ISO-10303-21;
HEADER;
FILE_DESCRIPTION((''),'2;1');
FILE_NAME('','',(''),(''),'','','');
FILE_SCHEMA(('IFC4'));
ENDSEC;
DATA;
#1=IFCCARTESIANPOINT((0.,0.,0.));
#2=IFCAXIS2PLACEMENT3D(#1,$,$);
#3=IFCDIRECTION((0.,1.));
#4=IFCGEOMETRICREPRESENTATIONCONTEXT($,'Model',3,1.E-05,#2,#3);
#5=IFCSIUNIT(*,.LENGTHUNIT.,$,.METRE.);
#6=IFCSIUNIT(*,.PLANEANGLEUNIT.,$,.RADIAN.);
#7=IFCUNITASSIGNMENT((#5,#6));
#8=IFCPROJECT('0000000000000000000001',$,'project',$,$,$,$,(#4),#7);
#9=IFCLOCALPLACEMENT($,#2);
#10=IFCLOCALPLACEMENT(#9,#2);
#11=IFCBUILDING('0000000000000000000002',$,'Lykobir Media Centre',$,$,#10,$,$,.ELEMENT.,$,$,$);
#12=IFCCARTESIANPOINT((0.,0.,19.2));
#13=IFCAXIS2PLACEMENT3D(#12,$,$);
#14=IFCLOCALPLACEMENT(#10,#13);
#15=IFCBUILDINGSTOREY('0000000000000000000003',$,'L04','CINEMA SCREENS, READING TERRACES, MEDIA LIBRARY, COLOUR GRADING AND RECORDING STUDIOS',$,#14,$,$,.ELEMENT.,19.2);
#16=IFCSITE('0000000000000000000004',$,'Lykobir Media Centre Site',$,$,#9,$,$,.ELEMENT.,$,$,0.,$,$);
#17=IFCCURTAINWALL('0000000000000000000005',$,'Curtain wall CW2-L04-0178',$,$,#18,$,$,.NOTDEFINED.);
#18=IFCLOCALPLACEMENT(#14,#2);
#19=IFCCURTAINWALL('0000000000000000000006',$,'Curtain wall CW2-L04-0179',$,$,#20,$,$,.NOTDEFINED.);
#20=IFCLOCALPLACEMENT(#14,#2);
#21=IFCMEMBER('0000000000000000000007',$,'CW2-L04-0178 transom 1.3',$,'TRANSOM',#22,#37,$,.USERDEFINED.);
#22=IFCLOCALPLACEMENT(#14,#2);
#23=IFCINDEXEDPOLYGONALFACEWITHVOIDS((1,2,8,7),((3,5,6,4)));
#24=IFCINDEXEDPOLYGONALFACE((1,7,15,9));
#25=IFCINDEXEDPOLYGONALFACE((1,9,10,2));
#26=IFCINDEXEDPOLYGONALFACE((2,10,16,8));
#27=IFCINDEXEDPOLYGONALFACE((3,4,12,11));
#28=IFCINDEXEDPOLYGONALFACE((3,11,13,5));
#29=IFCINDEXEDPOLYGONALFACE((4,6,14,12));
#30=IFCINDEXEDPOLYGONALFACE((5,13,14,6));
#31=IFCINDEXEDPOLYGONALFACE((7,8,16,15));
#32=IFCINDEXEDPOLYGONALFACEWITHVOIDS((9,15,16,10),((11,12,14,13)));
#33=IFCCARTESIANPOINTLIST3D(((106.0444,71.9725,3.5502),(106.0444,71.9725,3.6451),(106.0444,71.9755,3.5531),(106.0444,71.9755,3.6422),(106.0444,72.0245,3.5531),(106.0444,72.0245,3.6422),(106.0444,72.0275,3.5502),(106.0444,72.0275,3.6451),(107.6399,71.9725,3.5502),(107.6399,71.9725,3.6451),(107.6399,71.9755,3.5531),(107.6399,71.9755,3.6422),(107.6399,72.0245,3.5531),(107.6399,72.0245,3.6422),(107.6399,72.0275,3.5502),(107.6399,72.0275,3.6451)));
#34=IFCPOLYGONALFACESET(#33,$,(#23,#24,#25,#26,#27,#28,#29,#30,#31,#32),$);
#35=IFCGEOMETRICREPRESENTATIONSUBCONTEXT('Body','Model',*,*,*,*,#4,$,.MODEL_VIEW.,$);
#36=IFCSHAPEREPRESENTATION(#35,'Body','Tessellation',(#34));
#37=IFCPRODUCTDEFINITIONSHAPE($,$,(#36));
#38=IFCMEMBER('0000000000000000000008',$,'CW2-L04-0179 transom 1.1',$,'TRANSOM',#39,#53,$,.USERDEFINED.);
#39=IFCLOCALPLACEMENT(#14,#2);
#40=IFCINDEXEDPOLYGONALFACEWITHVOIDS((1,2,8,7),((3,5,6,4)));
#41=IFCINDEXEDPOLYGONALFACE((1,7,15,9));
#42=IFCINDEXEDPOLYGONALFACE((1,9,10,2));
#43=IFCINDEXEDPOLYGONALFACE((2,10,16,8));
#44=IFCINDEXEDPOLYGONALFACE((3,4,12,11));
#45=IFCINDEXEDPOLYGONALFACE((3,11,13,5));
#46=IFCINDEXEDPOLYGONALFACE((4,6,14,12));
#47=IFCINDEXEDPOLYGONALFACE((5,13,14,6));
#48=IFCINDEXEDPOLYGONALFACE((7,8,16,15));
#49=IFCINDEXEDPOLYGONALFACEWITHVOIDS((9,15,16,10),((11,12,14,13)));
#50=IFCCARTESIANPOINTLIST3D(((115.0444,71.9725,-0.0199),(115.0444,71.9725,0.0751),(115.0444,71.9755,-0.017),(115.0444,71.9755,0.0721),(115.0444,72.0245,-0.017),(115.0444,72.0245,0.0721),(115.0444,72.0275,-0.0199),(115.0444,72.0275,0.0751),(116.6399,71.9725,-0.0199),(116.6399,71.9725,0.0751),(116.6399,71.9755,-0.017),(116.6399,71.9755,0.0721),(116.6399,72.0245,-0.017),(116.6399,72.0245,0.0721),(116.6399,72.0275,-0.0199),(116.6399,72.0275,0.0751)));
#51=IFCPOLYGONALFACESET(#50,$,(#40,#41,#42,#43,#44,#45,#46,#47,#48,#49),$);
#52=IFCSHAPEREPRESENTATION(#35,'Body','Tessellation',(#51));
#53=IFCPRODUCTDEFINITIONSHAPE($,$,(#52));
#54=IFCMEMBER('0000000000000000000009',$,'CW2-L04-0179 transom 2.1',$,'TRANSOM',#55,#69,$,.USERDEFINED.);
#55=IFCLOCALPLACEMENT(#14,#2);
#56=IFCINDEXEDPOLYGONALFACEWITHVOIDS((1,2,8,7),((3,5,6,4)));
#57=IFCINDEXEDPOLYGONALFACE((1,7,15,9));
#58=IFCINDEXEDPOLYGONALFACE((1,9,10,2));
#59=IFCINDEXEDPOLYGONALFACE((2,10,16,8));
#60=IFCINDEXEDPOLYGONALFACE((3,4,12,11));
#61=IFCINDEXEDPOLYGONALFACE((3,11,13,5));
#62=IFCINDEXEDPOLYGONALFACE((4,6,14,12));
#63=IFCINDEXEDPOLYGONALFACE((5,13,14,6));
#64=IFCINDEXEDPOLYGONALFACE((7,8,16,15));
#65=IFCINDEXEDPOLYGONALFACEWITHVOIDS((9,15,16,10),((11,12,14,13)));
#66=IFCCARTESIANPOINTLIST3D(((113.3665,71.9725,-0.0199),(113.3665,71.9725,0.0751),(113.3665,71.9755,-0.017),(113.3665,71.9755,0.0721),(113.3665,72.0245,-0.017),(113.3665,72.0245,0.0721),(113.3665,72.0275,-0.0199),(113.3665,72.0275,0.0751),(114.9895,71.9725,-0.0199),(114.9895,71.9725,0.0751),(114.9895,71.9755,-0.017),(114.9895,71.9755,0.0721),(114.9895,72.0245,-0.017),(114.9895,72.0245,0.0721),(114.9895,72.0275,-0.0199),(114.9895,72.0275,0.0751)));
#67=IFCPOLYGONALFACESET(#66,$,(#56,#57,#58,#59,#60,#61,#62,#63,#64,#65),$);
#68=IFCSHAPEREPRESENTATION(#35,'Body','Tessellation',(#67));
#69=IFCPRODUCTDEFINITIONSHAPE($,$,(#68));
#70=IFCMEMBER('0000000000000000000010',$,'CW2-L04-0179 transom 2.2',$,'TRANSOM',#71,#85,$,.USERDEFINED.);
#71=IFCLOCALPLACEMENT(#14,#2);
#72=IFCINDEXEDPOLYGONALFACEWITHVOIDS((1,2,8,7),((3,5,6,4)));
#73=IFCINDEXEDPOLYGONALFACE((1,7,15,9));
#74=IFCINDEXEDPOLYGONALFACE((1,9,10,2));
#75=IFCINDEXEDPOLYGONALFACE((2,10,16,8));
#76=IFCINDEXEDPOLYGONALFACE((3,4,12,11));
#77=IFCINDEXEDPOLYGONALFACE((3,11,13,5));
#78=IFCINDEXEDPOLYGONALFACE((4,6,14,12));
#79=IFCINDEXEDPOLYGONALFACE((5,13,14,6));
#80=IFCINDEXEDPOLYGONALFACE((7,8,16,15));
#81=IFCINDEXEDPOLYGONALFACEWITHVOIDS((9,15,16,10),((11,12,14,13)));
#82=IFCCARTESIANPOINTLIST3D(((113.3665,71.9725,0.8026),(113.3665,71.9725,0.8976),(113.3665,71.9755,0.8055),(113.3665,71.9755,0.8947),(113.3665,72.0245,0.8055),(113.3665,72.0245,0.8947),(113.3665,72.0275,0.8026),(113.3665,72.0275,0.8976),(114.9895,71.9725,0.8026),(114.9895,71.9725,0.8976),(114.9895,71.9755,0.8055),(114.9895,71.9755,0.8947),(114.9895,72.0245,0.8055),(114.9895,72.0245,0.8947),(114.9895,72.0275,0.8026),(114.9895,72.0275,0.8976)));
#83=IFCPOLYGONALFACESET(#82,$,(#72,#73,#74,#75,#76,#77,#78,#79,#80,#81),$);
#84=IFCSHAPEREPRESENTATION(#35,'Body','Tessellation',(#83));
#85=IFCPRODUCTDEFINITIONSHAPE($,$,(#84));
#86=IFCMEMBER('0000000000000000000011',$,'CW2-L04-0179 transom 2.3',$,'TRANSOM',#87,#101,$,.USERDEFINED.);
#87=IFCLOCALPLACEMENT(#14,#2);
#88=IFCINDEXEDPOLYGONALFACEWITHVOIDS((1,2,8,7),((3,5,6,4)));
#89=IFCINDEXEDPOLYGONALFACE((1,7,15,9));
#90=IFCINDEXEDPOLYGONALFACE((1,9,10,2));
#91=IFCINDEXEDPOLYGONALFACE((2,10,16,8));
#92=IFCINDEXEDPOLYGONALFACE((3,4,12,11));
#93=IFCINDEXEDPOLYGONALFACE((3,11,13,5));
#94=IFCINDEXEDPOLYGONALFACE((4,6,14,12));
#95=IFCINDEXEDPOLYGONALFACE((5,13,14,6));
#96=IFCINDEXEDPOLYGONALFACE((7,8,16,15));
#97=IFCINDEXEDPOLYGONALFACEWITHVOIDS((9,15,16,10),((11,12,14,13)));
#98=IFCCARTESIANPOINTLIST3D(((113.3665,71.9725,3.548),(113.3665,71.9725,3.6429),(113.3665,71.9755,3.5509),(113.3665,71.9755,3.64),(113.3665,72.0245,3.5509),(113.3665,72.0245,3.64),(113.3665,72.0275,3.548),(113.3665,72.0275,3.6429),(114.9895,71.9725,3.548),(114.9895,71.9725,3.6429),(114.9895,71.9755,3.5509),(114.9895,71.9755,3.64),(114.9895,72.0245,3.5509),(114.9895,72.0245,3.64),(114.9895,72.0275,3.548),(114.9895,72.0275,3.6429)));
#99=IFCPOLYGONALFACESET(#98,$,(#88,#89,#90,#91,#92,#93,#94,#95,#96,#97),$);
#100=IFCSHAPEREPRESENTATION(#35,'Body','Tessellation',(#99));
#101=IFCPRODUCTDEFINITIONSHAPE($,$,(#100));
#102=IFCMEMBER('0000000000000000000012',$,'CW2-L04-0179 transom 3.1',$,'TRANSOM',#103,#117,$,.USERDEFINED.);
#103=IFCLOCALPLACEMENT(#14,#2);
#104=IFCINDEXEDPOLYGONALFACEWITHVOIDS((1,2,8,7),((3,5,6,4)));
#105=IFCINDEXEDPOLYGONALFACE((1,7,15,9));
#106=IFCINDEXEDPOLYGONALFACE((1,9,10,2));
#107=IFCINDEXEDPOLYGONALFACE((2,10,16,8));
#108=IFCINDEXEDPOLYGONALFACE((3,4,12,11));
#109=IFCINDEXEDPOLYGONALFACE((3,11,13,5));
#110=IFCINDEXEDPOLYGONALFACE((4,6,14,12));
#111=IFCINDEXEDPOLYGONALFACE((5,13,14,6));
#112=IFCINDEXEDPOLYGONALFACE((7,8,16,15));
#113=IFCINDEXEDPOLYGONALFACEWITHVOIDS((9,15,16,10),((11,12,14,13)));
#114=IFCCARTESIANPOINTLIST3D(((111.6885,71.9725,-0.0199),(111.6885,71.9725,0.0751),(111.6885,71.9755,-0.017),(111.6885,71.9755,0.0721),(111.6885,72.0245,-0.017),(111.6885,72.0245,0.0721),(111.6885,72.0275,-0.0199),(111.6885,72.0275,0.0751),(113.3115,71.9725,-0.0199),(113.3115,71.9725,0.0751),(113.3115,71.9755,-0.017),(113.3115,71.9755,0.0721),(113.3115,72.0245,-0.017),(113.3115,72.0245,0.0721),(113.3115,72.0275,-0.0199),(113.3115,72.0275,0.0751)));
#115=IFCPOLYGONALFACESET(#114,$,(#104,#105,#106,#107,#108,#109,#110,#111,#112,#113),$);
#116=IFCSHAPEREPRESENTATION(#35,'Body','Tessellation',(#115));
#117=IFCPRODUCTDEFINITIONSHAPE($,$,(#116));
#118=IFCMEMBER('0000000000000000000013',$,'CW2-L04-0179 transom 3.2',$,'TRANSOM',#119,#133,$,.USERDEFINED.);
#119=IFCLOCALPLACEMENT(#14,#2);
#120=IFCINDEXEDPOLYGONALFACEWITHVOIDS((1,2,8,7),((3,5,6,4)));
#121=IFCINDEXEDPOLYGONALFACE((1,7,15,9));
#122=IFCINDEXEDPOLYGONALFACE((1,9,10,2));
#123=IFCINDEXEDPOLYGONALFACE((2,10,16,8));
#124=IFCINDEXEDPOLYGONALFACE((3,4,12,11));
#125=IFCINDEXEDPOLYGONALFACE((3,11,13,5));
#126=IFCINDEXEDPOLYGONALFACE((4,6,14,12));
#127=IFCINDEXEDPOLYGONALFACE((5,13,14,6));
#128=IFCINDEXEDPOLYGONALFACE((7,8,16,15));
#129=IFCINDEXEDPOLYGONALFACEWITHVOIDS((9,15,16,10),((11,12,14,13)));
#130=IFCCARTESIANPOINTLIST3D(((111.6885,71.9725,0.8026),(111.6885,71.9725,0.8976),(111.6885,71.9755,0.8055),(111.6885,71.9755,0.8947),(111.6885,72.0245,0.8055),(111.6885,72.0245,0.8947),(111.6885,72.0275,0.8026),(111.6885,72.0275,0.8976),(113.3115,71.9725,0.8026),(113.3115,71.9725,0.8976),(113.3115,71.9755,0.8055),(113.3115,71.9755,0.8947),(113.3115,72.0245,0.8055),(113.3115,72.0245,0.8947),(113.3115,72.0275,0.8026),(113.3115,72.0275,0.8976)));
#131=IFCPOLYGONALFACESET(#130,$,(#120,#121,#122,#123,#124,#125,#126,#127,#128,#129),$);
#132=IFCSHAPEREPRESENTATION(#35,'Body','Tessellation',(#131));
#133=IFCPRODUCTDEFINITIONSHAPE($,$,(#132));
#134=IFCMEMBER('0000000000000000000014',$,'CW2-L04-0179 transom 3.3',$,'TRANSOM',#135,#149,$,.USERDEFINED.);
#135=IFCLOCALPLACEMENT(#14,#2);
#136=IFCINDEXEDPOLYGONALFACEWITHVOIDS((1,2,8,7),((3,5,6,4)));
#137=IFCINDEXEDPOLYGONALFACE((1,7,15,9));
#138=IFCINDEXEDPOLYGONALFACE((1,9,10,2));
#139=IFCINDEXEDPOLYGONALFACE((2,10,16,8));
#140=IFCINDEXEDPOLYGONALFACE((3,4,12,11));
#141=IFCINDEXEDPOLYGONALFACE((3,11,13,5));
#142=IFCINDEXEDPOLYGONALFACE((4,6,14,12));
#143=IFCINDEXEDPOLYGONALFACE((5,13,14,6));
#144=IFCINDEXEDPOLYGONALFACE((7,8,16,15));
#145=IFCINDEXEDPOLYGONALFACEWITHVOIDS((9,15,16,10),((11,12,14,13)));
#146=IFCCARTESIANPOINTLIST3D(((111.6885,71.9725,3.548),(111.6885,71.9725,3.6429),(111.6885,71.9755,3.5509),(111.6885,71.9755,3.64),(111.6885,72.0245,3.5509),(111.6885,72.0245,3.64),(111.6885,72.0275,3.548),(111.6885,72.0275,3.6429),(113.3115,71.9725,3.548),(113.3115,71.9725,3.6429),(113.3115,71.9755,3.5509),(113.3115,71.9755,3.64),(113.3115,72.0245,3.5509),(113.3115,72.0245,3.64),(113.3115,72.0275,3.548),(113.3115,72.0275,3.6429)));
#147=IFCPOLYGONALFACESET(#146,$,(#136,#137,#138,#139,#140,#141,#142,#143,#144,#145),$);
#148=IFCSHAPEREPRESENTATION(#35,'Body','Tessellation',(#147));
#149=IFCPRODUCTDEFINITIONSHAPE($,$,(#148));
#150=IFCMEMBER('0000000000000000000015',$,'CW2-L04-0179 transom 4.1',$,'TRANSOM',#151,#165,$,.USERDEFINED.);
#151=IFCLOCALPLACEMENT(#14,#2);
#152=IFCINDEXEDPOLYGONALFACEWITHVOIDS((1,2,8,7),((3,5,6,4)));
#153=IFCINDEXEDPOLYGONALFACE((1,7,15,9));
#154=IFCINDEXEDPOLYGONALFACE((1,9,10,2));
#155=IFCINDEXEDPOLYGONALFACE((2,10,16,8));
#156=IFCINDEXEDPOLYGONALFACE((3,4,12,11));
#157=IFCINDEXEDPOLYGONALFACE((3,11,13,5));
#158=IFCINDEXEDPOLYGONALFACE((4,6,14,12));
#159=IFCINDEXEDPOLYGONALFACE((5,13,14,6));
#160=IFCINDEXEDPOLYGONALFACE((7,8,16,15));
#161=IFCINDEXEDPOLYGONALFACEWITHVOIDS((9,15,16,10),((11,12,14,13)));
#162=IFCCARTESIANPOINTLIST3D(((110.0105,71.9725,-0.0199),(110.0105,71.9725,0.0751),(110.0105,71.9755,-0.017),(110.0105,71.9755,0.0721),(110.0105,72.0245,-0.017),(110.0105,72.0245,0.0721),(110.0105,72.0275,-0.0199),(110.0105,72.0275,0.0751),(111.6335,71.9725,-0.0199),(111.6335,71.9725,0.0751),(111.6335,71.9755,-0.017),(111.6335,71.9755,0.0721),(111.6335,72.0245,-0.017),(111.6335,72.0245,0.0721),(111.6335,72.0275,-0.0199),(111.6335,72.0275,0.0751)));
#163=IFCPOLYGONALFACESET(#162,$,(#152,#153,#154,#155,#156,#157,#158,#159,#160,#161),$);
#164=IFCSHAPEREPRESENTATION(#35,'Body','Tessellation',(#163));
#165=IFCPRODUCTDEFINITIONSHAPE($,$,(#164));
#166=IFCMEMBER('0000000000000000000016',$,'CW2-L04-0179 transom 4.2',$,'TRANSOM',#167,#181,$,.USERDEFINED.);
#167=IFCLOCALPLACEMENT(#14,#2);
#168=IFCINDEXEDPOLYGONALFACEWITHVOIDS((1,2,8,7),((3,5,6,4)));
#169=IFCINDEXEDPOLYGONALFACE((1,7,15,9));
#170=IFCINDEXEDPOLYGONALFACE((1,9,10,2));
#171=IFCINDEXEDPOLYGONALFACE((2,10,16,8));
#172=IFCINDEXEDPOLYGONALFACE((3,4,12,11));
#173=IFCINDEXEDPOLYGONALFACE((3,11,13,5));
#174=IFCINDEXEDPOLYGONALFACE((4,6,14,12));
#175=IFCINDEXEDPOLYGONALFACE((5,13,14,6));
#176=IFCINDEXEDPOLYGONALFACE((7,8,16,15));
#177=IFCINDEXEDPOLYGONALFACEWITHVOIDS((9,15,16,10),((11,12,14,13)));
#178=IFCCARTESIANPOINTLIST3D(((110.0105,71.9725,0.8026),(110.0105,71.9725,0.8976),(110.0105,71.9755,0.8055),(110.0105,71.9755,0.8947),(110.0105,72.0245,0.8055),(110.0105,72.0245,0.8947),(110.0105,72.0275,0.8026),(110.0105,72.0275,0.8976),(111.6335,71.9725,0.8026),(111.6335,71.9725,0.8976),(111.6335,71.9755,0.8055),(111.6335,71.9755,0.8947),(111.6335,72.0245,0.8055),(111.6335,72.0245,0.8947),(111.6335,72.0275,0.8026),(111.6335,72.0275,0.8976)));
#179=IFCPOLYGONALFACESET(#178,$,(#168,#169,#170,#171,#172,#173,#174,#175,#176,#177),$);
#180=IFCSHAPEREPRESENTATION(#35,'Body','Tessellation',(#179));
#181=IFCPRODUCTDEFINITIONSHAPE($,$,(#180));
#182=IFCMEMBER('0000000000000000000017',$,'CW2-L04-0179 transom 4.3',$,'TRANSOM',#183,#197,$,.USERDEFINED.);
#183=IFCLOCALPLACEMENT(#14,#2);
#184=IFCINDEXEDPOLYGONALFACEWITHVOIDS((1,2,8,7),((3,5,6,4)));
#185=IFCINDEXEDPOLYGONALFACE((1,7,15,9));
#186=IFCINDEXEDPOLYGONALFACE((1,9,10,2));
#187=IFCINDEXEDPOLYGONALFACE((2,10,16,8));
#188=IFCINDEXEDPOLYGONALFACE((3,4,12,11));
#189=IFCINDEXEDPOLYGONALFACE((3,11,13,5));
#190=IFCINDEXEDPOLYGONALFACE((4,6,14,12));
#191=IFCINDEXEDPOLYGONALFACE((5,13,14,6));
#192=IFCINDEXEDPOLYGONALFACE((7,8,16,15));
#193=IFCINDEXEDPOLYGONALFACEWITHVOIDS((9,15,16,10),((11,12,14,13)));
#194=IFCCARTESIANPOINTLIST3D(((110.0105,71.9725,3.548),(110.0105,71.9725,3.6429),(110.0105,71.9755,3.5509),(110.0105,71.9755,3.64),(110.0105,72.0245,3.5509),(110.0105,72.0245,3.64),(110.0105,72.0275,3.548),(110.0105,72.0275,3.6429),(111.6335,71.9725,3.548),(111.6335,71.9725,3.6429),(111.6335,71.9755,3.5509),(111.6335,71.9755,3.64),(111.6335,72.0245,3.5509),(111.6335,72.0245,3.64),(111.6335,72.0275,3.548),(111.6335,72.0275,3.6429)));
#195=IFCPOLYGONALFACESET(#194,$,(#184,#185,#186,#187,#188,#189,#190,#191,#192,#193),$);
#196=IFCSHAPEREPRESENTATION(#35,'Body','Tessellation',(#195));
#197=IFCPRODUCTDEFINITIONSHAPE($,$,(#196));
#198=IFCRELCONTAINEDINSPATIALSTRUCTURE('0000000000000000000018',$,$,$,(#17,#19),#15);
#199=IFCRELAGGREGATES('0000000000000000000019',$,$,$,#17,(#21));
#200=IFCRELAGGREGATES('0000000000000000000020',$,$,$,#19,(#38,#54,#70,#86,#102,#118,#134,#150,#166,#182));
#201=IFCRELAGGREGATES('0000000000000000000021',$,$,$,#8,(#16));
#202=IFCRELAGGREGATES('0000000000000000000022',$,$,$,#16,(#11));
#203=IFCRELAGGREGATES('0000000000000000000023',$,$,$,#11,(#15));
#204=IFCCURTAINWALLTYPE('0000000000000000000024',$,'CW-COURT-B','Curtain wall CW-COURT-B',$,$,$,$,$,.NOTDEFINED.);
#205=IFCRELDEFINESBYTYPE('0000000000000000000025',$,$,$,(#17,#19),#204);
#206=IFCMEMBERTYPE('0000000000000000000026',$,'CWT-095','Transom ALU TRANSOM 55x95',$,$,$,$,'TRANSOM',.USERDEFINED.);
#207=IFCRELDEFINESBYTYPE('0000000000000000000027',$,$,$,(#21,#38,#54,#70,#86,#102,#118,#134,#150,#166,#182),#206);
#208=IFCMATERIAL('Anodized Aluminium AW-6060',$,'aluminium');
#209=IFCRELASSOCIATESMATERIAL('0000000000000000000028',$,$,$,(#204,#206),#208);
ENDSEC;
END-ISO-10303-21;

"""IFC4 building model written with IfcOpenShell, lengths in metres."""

from ifc_helpers import new_model, si_unit, direction, frame, origin, origin_2d, place, context, subcontext, project, spatial, hollow_rectangle, extrude, material, material_profile, profile_set, type_object, element, aggregate, save


model = new_model("IFC4")

# Units and contexts
model_context = context("Model", 3, precision=1e-05, world=origin(), true_north=direction((0.0, 1.0)))
body_context = subcontext(model_context, "Body", "Model", "MODEL_VIEW")
ifc_project = project(units=[si_unit("LENGTHUNIT", "METRE"), si_unit("PLANEANGLEUNIT", "RADIAN")], contexts=[model_context])

# Site, building, storey
site_placement = place(None, origin())
site = spatial("IfcSite", under=ifc_project, at=site_placement, Name="Lykobir Media Centre Site", CompositionType="ELEMENT", RefElevation=0.0)
building_placement = place(site_placement, origin())
building = spatial("IfcBuilding", under=site, at=building_placement, Name="Lykobir Media Centre", CompositionType="ELEMENT")
storey_placement = place(building_placement, frame((0.0, 0.0, 19.2)))
storey = spatial("IfcBuildingStorey", under=building, at=storey_placement, Name="L04", Description="CINEMA SCREENS, READING TERRACES, MEDIA LIBRARY, COLOUR GRADING AND RECORDING STUDIOS", CompositionType="ELEMENT", Elevation=19.2)

# Curtain wall
ifc_material_1 = material(Name="Anodized Aluminium AW-6060", Category="aluminium")
curtain_wall_type = type_object("IfcCurtainWallType", Name="CW-COURT-B", Description="Curtain wall CW-COURT-B", PredefinedType="NOTDEFINED", material=ifc_material_1)
curtain_wall_1_placement = place(storey_placement, origin())
curtain_wall_1 = element("IfcCurtainWall", 1, at=curtain_wall_1_placement, inside=storey, type_object=curtain_wall_type, Name="Curtain wall CW2-L04-0178", PredefinedType="NOTDEFINED")

# Curtain wall
curtain_wall_2_placement = place(storey_placement, origin())
curtain_wall_2 = element("IfcCurtainWall", 2, at=curtain_wall_2_placement, inside=storey, type_object=curtain_wall_type, Name="Curtain wall CW2-L04-0179", PredefinedType="NOTDEFINED")

# Members
ifc_material_profile_1 = material_profile(ifc_material_1, hollow_rectangle(XDim=0.0549, YDim=0.095, WallThickness=0.0029, at=origin_2d()), Name="ALU TRANSOM 55x95")
ifc_profile_set_1 = profile_set([ifc_material_profile_1], Name="Anodized Aluminium AW-6060")
member_type_1 = type_object("IfcMemberType", Name="CWT-095", Description="Transom ALU TRANSOM 55x95", ElementType="TRANSOM", PredefinedType="USERDEFINED", material=ifc_profile_set_1)
member_1_placement = place(storey_placement, frame((107.6399, 72.0, 3.5977), z_axis=(-1.0, 0.0, 0.0), x_axis=(0.0, -1.0, 0.0)))
member_1 = element("IfcMember", 3, at=member_1_placement, type_object=member_type_1, Name="CW2-L04-0178 transom 1.3", ObjectType="TRANSOM", PredefinedType="USERDEFINED", context=body_context, shape_type="SweptSolid", body=[
    extrude(hollow_rectangle(XDim=0.0549, YDim=0.095, WallThickness=0.0029, at=origin_2d()), origin(), (0.0, 0.0, 1.0), 1.5955),
])
member_2_placement = place(storey_placement, frame((116.6399, 72.0, 0.0276), z_axis=(-1.0, 0.0, 0.0), x_axis=(0.0, -1.0, 0.0)))
member_2 = element("IfcMember", 4, at=member_2_placement, type_object=member_type_1, Name="CW2-L04-0179 transom 1.1", ObjectType="TRANSOM", PredefinedType="USERDEFINED", context=body_context, shape_type="SweptSolid", body=[
    extrude(hollow_rectangle(XDim=0.0549, YDim=0.095, WallThickness=0.0029, at=origin_2d()), origin(), (0.0, 0.0, 1.0), 1.5955),
])
member_3_placement = place(storey_placement, frame((114.9895, 72.0, 0.0276), z_axis=(-1.0, 0.0, 0.0), x_axis=(0.0, -1.0, 0.0)))
member_3 = element("IfcMember", 5, at=member_3_placement, type_object=member_type_1, Name="CW2-L04-0179 transom 2.1", ObjectType="TRANSOM", PredefinedType="USERDEFINED", context=body_context, shape_type="SweptSolid", body=[
    extrude(hollow_rectangle(XDim=0.0549, YDim=0.095, WallThickness=0.0029, at=origin_2d()), origin(), (0.0, 0.0, 1.0), 1.623),
])
member_4_placement = place(storey_placement, frame((114.9895, 72.0, 0.8501), z_axis=(-1.0, 0.0, 0.0), x_axis=(0.0, -1.0, 0.0)))
member_4 = element("IfcMember", 6, at=member_4_placement, type_object=member_type_1, Name="CW2-L04-0179 transom 2.2", ObjectType="TRANSOM", PredefinedType="USERDEFINED", context=body_context, shape_type="SweptSolid", body=[
    extrude(hollow_rectangle(XDim=0.0549, YDim=0.095, WallThickness=0.0029, at=origin_2d()), origin(), (0.0, 0.0, 1.0), 1.623),
])
member_5_placement = place(storey_placement, frame((114.9895, 72.0, 3.5955), z_axis=(-1.0, 0.0, 0.0), x_axis=(0.0, -1.0, 0.0)))
member_5 = element("IfcMember", 7, at=member_5_placement, type_object=member_type_1, Name="CW2-L04-0179 transom 2.3", ObjectType="TRANSOM", PredefinedType="USERDEFINED", context=body_context, shape_type="SweptSolid", body=[
    extrude(hollow_rectangle(XDim=0.0549, YDim=0.095, WallThickness=0.0029, at=origin_2d()), origin(), (0.0, 0.0, 1.0), 1.623),
])
member_6_placement = place(storey_placement, frame((113.3115, 72.0, 0.0276), z_axis=(-1.0, 0.0, 0.0), x_axis=(0.0, -1.0, 0.0)))
member_6 = element("IfcMember", 8, at=member_6_placement, type_object=member_type_1, Name="CW2-L04-0179 transom 3.1", ObjectType="TRANSOM", PredefinedType="USERDEFINED", context=body_context, shape_type="SweptSolid", body=[
    extrude(hollow_rectangle(XDim=0.0549, YDim=0.095, WallThickness=0.0029, at=origin_2d()), origin(), (0.0, 0.0, 1.0), 1.623),
])
member_7_placement = place(storey_placement, frame((113.3115, 72.0, 0.8501), z_axis=(-1.0, 0.0, 0.0), x_axis=(0.0, -1.0, 0.0)))
member_7 = element("IfcMember", 9, at=member_7_placement, type_object=member_type_1, Name="CW2-L04-0179 transom 3.2", ObjectType="TRANSOM", PredefinedType="USERDEFINED", context=body_context, shape_type="SweptSolid", body=[
    extrude(hollow_rectangle(XDim=0.0549, YDim=0.095, WallThickness=0.0029, at=origin_2d()), origin(), (0.0, 0.0, 1.0), 1.623),
])
member_8_placement = place(storey_placement, frame((113.3115, 72.0, 3.5955), z_axis=(-1.0, 0.0, 0.0), x_axis=(0.0, -1.0, 0.0)))
member_8 = element("IfcMember", 10, at=member_8_placement, type_object=member_type_1, Name="CW2-L04-0179 transom 3.3", ObjectType="TRANSOM", PredefinedType="USERDEFINED", context=body_context, shape_type="SweptSolid", body=[
    extrude(hollow_rectangle(XDim=0.0549, YDim=0.095, WallThickness=0.0029, at=origin_2d()), origin(), (0.0, 0.0, 1.0), 1.623),
])
member_9_placement = place(storey_placement, frame((111.6335, 72.0, 0.0276), z_axis=(-1.0, 0.0, 0.0), x_axis=(0.0, -1.0, 0.0)))
member_9 = element("IfcMember", 11, at=member_9_placement, type_object=member_type_1, Name="CW2-L04-0179 transom 4.1", ObjectType="TRANSOM", PredefinedType="USERDEFINED", context=body_context, shape_type="SweptSolid", body=[
    extrude(hollow_rectangle(XDim=0.0549, YDim=0.095, WallThickness=0.0029, at=origin_2d()), origin(), (0.0, 0.0, 1.0), 1.623),
])
member_10_placement = place(storey_placement, frame((111.6335, 72.0, 0.8501), z_axis=(-1.0, 0.0, 0.0), x_axis=(0.0, -1.0, 0.0)))
member_10 = element("IfcMember", 12, at=member_10_placement, type_object=member_type_1, Name="CW2-L04-0179 transom 4.2", ObjectType="TRANSOM", PredefinedType="USERDEFINED", context=body_context, shape_type="SweptSolid", body=[
    extrude(hollow_rectangle(XDim=0.0549, YDim=0.095, WallThickness=0.0029, at=origin_2d()), origin(), (0.0, 0.0, 1.0), 1.623),
])
member_11_placement = place(storey_placement, frame((111.6335, 72.0, 3.5955), z_axis=(-1.0, 0.0, 0.0), x_axis=(0.0, -1.0, 0.0)))
member_11 = element("IfcMember", 13, at=member_11_placement, type_object=member_type_1, Name="CW2-L04-0179 transom 4.3", ObjectType="TRANSOM", PredefinedType="USERDEFINED", context=body_context, shape_type="SweptSolid", body=[
    extrude(hollow_rectangle(XDim=0.0549, YDim=0.095, WallThickness=0.0029, at=origin_2d()), origin(), (0.0, 0.0, 1.0), 1.623),
])

aggregate(curtain_wall_1, [member_1])
aggregate(curtain_wall_2, [member_2, member_3, member_4, member_5, member_6, member_7, member_8, member_9, member_10, member_11])

save(model, "model.ifc")
